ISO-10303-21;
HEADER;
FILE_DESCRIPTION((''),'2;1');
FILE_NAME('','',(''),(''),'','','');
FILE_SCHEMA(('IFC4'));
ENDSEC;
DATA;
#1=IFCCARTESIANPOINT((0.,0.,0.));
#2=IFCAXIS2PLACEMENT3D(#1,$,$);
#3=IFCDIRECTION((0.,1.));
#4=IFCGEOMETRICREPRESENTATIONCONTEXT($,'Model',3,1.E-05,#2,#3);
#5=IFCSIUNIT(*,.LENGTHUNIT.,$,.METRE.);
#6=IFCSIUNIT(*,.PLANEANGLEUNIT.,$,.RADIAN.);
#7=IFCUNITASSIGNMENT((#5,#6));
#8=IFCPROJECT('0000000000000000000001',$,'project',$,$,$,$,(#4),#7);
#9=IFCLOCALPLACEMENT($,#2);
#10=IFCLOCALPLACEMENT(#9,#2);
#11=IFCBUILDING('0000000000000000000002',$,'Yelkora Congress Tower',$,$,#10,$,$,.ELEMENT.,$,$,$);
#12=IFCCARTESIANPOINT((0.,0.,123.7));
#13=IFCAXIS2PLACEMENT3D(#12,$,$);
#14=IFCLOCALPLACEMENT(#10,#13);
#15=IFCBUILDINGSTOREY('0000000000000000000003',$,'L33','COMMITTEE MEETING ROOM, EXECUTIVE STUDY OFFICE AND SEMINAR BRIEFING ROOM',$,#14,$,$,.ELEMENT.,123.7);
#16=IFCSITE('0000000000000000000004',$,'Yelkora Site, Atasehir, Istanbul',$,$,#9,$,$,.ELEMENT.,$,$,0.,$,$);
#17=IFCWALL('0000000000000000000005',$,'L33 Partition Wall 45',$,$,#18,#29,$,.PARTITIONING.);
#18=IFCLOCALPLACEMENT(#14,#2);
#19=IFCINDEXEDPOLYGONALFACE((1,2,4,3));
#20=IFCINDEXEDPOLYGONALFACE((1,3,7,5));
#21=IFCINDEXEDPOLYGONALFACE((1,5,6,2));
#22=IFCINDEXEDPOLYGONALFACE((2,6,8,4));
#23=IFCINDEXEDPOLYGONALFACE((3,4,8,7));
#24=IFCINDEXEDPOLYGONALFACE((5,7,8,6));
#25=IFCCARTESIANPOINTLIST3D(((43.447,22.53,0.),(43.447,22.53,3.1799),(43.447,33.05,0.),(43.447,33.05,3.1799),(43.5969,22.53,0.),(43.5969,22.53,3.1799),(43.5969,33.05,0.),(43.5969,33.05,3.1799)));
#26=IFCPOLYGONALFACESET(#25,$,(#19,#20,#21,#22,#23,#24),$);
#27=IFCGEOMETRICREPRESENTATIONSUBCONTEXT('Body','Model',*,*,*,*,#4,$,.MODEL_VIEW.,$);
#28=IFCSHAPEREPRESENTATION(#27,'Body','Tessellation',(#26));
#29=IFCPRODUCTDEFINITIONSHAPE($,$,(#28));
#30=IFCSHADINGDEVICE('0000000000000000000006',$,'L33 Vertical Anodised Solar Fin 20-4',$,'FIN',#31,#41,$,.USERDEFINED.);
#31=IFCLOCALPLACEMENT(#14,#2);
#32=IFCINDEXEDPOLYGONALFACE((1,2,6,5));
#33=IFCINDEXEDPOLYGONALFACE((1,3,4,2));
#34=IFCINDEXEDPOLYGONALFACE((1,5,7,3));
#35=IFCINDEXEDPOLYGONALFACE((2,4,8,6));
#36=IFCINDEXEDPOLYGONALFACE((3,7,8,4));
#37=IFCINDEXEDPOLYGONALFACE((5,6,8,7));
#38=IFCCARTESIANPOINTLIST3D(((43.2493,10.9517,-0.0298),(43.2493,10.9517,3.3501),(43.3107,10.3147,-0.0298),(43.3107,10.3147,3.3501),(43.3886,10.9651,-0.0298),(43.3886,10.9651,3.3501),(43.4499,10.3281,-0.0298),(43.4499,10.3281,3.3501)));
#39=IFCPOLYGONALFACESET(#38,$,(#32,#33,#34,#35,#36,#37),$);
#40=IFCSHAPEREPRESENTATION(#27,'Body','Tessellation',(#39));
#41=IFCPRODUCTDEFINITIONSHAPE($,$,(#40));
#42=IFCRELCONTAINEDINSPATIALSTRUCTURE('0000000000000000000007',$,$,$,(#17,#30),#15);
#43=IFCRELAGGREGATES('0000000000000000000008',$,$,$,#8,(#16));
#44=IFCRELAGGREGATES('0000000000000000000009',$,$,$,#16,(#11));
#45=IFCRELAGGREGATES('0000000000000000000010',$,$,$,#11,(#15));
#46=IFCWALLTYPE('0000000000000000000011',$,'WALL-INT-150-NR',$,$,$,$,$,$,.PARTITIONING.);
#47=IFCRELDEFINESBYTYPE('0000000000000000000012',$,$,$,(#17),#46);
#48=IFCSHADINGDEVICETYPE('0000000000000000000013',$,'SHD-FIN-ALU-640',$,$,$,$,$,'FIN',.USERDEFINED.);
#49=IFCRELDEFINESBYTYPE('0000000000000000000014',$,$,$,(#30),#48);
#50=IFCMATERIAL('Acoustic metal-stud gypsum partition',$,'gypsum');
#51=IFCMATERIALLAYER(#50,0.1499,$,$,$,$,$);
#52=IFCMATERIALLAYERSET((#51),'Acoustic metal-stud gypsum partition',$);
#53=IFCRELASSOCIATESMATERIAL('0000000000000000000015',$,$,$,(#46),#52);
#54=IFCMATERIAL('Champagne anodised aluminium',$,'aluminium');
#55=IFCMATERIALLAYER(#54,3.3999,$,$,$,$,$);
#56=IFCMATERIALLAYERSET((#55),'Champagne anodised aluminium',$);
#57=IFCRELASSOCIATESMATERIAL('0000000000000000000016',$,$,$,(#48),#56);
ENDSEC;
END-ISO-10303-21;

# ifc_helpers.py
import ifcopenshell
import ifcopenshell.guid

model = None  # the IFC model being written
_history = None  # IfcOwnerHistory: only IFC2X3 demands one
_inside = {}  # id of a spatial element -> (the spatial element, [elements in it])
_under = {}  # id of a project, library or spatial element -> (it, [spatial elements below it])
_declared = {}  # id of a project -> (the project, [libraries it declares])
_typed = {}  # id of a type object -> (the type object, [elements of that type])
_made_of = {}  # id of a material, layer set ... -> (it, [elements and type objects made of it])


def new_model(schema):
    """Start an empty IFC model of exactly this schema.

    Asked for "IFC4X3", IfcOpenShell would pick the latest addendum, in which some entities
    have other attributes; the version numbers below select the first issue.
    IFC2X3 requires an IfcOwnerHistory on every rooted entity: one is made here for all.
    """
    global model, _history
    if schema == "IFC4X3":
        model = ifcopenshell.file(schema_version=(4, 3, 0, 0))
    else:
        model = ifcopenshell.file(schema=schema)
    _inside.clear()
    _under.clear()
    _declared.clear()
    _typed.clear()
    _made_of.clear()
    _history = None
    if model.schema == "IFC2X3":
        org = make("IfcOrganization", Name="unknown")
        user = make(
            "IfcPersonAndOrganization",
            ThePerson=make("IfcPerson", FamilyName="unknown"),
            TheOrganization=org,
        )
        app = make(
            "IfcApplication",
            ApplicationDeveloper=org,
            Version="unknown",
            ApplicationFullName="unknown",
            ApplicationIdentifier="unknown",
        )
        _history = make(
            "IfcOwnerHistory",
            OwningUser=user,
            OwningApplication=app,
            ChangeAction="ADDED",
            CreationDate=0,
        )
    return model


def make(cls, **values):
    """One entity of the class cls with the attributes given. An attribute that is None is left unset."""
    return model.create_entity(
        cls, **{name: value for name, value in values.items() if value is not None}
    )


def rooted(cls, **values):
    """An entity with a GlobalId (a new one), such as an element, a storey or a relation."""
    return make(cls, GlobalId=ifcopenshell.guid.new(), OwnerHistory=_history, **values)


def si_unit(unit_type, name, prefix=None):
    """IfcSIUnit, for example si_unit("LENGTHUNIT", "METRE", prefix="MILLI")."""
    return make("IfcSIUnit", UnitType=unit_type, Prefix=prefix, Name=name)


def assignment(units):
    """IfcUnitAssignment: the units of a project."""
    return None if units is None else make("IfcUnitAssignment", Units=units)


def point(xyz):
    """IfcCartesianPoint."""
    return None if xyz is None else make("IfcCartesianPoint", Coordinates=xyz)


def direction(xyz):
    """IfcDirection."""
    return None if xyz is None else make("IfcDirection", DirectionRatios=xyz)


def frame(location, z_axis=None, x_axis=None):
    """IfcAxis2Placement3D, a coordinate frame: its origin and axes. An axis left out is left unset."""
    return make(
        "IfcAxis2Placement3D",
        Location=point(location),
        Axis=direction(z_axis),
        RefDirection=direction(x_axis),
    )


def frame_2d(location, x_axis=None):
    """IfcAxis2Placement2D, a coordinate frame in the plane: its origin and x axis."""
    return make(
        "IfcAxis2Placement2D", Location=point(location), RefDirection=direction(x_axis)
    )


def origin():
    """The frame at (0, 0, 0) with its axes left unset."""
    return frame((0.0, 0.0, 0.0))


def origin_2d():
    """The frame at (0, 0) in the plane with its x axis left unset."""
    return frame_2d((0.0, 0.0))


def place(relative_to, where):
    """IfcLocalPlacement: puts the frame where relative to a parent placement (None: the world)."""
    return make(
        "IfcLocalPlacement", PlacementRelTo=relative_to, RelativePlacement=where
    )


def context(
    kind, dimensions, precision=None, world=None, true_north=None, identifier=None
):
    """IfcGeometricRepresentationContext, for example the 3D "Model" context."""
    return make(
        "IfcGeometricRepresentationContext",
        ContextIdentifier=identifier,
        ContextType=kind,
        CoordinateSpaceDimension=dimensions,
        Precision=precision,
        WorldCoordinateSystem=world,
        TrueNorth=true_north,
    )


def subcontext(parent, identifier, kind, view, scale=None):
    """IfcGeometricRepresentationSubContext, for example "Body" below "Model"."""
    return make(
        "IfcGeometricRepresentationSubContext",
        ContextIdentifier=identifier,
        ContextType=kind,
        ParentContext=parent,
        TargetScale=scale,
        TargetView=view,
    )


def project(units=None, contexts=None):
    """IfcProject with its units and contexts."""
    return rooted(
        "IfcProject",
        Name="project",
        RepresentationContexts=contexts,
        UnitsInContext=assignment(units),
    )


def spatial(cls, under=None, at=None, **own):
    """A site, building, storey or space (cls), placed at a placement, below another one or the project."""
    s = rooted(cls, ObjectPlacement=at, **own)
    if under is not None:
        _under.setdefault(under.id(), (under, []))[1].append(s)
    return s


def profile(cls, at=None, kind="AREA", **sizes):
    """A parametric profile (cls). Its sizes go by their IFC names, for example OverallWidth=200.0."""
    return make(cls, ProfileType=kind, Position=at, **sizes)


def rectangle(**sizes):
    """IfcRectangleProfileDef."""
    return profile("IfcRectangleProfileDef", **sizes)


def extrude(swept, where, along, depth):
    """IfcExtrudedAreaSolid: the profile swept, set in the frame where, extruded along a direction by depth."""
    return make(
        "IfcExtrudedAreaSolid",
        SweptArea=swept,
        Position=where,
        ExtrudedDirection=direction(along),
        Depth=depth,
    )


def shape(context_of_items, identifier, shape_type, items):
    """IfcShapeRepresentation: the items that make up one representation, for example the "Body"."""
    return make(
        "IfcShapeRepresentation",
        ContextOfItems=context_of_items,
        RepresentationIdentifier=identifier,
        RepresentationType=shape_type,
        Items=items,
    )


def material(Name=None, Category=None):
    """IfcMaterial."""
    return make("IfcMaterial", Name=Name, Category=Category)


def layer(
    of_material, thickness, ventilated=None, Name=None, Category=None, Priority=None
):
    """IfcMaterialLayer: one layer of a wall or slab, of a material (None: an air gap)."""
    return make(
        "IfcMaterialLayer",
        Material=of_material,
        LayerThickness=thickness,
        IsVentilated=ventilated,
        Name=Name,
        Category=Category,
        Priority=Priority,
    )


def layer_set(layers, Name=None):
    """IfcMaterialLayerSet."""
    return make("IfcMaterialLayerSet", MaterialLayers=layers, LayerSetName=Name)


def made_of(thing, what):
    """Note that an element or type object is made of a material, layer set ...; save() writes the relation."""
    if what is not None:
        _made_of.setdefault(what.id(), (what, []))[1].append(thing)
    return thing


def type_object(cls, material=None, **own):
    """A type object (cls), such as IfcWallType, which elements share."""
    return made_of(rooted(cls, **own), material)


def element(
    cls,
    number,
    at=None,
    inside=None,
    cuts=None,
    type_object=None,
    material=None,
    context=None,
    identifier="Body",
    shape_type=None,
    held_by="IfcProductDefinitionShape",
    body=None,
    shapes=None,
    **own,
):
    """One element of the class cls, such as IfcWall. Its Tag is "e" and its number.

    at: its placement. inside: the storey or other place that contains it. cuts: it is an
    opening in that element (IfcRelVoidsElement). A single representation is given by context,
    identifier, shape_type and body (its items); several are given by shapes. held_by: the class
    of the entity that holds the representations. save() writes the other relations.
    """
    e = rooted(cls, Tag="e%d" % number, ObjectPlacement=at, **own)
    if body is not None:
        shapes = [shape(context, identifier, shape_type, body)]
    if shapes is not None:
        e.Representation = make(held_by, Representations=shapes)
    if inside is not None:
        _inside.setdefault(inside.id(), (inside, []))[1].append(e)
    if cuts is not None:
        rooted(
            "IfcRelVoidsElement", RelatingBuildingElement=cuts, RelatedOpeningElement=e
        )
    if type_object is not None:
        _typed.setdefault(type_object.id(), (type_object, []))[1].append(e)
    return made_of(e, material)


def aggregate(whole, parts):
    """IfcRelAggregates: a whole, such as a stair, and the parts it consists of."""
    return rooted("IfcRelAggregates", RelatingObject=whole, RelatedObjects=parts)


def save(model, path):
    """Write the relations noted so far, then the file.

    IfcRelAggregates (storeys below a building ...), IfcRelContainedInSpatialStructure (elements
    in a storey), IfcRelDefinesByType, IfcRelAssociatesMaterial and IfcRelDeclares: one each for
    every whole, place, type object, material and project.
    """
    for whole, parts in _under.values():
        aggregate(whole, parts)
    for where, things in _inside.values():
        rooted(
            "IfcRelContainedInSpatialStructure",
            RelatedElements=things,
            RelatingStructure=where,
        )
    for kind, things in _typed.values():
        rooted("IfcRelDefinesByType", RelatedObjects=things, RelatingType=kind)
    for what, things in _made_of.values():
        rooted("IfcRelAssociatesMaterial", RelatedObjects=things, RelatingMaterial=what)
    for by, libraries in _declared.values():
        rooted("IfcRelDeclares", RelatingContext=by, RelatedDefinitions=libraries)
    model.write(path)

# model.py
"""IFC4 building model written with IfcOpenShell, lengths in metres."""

from ifc_helpers import new_model, si_unit, direction, frame, frame_2d, origin, origin_2d, place, context, subcontext, project, spatial, rectangle, extrude, material, layer, layer_set, type_object, element, save


model = new_model("IFC4")

# Units and contexts
model_context = context("Model", 3, precision=1e-05, world=origin(), true_north=direction((0.0, 1.0)))
body_context = subcontext(model_context, "Body", "Model", "MODEL_VIEW")
ifc_project = project(units=[si_unit("LENGTHUNIT", "METRE"), si_unit("PLANEANGLEUNIT", "RADIAN")], contexts=[model_context])

# Site, building, storey
site_placement = place(None, origin())
site = spatial("IfcSite", under=ifc_project, at=site_placement, Name="Yelkora Site, Atasehir, Istanbul", CompositionType="ELEMENT", RefElevation=0.0)
building_placement = place(site_placement, origin())
building = spatial("IfcBuilding", under=site, at=building_placement, Name="Yelkora Congress Tower", CompositionType="ELEMENT")
storey_placement = place(building_placement, frame((0.0, 0.0, 123.7)))
storey = spatial("IfcBuildingStorey", under=building, at=storey_placement, Name="L33", Description="COMMITTEE MEETING ROOM, EXECUTIVE STUDY OFFICE AND SEMINAR BRIEFING ROOM", CompositionType="ELEMENT", Elevation=123.7)

# Wall
ifc_material_1 = material(Name="Acoustic metal-stud gypsum partition", Category="gypsum")
ifc_layer_1 = layer(ifc_material_1, 0.1499)
ifc_layer_set_1 = layer_set([ifc_layer_1], Name="Acoustic metal-stud gypsum partition")
wall_type = type_object("IfcWallType", Name="WALL-INT-150-NR", PredefinedType="PARTITIONING", material=ifc_layer_set_1)
for number, where, z_axis, x_axis, name in (
    (1, (43.522, 22.53, 0.0), (0.0, 0.0, 1.0), (0.0, 1.0, 0.0), "L33 Partition Wall 45"),
):
    element("IfcWall", number, at=place(storey_placement, frame(where, z_axis=z_axis, x_axis=x_axis)), inside=storey, type_object=wall_type, Name=name, PredefinedType="PARTITIONING", context=body_context, shape_type="SweptSolid", body=[
        extrude(rectangle(XDim=10.52, YDim=0.1499, at=frame_2d((5.26, 0.0))), origin(), (0.0, 0.0, 1.0), 3.1799),
    ])

# Shading device
ifc_material_2 = material(Name="Champagne anodised aluminium", Category="aluminium")
ifc_layer_2 = layer(ifc_material_2, 3.3999)
ifc_layer_set_2 = layer_set([ifc_layer_2], Name="Champagne anodised aluminium")
shading_device_type = type_object("IfcShadingDeviceType", Name="SHD-FIN-ALU-640", ElementType="FIN", PredefinedType="USERDEFINED", material=ifc_layer_set_2)
shading_device_placement = place(storey_placement, frame((43.3496, 10.6399, -0.0298), z_axis=(0.0, 0.0, 1.0), x_axis=(-0.995396, -0.095846, 0.0)))
element("IfcShadingDevice", 2, at=shading_device_placement, inside=storey, type_object=shading_device_type, Name="L33 Vertical Anodised Solar Fin 20-4", ObjectType="FIN", PredefinedType="USERDEFINED", context=body_context, shape_type="SweptSolid", body=[
    extrude(rectangle(XDim=0.1399, YDim=0.6399, at=origin_2d()), origin(), (0.0, 0.0, 1.0), 3.3799),
])

save(model, "model.ifc")
